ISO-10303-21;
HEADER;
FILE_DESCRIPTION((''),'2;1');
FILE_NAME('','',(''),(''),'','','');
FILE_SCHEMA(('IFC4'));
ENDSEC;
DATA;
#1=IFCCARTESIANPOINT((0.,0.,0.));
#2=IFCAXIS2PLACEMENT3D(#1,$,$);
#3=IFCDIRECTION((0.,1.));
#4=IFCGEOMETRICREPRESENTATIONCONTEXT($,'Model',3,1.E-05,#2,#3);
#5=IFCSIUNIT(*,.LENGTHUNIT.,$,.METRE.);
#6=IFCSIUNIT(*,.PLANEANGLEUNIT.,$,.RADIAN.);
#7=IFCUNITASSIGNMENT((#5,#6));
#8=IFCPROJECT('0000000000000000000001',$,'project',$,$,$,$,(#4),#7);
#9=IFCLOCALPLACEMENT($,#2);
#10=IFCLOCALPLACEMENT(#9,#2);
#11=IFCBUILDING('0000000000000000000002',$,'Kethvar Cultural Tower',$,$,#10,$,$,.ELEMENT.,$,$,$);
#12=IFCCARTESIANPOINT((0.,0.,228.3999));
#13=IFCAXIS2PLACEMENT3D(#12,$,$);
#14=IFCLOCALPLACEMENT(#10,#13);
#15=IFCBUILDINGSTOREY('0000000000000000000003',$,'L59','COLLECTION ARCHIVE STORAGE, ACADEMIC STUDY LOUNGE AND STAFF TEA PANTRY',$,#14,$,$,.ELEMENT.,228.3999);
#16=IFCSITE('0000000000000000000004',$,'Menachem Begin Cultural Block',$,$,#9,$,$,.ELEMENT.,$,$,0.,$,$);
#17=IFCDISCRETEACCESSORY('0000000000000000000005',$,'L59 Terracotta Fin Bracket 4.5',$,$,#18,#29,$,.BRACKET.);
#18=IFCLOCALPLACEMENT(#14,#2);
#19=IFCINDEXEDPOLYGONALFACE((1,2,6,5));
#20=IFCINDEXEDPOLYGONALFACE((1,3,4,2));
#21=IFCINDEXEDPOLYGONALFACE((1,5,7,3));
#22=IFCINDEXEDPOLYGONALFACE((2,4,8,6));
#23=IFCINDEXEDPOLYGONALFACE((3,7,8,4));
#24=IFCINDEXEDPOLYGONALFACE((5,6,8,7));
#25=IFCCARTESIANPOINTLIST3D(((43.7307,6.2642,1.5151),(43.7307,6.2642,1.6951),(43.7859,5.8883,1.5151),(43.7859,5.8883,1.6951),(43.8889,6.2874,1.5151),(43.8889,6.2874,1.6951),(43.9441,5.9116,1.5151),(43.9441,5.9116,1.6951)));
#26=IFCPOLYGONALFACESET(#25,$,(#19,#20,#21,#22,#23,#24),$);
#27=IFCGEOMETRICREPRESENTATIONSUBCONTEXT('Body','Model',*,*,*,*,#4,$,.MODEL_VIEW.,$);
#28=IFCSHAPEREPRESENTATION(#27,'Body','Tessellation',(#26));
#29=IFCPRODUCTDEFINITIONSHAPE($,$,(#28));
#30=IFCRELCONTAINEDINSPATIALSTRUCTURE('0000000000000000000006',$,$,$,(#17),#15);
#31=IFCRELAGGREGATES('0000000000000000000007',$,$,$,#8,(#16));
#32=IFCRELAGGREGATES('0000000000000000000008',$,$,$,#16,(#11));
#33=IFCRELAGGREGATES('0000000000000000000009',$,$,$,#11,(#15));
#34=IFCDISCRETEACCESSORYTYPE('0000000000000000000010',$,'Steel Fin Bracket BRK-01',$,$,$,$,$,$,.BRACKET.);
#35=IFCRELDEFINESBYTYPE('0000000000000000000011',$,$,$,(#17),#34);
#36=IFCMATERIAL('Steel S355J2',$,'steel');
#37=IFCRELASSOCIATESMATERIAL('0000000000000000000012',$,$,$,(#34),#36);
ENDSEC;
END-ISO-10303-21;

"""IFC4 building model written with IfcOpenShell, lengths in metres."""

from ifc_helpers import new_model, si_unit, direction, frame, origin, origin_2d, place, context, subcontext, project, spatial, rectangle, extrude, source, transform, mapped, material, type_object, element, save


model = new_model("IFC4")

# Units and contexts
model_context = context("Model", 3, precision=1e-05, world=origin(), true_north=direction((0.0, 1.0)))
body_context = subcontext(model_context, "Body", "Model", "MODEL_VIEW")
ifc_project = project(units=[si_unit("LENGTHUNIT", "METRE"), si_unit("PLANEANGLEUNIT", "RADIAN")], contexts=[model_context])

# Site, building, storey
site_placement = place(None, origin())
site = spatial("IfcSite", under=ifc_project, at=site_placement, Name="Menachem Begin Cultural Block", CompositionType="ELEMENT", RefElevation=0.0)
building_placement = place(site_placement, origin())
building = spatial("IfcBuilding", under=site, at=building_placement, Name="Kethvar Cultural Tower", CompositionType="ELEMENT")
storey_placement = place(building_placement, frame((0.0, 0.0, 228.3999)))
storey = spatial("IfcBuildingStorey", under=building, at=storey_placement, Name="L59", Description="COLLECTION ARCHIVE STORAGE, ACADEMIC STUDY LOUNGE AND STAFF TEA PANTRY", CompositionType="ELEMENT", Elevation=228.3999)

# Shared definitions
ifc_material_1 = material(Name="Steel S355J2", Category="steel")

# Discrete accessory
discrete_accessory_type = type_object("IfcDiscreteAccessoryType", Name="Steel Fin Bracket BRK-01", PredefinedType="BRACKET", material=ifc_material_1)
shared_shape_1 = source(origin(), body_context, "Body", "SweptSolid", [
    extrude(rectangle(XDim=0.3799, YDim=0.1599, at=origin_2d()), origin(), (0.0, 0.0, 1.0), 0.1799),
])
for number, where, z_axis, x_axis, name in (
    (1, (43.8374, 6.0879, 1.5151), (0.0, 0.0, 1.0), (0.145392, -0.989374, 0.0), "L59 Terracotta Fin Bracket 4.5"),
):
    element("IfcDiscreteAccessory", number, at=place(storey_placement, frame(where, z_axis=z_axis, x_axis=x_axis)), inside=storey, type_object=discrete_accessory_type, Name=name, PredefinedType="BRACKET", context=body_context, shape_type="MappedRepresentation", body=[
        mapped(shared_shape_1, transform((0.0, 0.0, 0.0), scale=1.0)),
    ])

save(model, "model.ifc")
